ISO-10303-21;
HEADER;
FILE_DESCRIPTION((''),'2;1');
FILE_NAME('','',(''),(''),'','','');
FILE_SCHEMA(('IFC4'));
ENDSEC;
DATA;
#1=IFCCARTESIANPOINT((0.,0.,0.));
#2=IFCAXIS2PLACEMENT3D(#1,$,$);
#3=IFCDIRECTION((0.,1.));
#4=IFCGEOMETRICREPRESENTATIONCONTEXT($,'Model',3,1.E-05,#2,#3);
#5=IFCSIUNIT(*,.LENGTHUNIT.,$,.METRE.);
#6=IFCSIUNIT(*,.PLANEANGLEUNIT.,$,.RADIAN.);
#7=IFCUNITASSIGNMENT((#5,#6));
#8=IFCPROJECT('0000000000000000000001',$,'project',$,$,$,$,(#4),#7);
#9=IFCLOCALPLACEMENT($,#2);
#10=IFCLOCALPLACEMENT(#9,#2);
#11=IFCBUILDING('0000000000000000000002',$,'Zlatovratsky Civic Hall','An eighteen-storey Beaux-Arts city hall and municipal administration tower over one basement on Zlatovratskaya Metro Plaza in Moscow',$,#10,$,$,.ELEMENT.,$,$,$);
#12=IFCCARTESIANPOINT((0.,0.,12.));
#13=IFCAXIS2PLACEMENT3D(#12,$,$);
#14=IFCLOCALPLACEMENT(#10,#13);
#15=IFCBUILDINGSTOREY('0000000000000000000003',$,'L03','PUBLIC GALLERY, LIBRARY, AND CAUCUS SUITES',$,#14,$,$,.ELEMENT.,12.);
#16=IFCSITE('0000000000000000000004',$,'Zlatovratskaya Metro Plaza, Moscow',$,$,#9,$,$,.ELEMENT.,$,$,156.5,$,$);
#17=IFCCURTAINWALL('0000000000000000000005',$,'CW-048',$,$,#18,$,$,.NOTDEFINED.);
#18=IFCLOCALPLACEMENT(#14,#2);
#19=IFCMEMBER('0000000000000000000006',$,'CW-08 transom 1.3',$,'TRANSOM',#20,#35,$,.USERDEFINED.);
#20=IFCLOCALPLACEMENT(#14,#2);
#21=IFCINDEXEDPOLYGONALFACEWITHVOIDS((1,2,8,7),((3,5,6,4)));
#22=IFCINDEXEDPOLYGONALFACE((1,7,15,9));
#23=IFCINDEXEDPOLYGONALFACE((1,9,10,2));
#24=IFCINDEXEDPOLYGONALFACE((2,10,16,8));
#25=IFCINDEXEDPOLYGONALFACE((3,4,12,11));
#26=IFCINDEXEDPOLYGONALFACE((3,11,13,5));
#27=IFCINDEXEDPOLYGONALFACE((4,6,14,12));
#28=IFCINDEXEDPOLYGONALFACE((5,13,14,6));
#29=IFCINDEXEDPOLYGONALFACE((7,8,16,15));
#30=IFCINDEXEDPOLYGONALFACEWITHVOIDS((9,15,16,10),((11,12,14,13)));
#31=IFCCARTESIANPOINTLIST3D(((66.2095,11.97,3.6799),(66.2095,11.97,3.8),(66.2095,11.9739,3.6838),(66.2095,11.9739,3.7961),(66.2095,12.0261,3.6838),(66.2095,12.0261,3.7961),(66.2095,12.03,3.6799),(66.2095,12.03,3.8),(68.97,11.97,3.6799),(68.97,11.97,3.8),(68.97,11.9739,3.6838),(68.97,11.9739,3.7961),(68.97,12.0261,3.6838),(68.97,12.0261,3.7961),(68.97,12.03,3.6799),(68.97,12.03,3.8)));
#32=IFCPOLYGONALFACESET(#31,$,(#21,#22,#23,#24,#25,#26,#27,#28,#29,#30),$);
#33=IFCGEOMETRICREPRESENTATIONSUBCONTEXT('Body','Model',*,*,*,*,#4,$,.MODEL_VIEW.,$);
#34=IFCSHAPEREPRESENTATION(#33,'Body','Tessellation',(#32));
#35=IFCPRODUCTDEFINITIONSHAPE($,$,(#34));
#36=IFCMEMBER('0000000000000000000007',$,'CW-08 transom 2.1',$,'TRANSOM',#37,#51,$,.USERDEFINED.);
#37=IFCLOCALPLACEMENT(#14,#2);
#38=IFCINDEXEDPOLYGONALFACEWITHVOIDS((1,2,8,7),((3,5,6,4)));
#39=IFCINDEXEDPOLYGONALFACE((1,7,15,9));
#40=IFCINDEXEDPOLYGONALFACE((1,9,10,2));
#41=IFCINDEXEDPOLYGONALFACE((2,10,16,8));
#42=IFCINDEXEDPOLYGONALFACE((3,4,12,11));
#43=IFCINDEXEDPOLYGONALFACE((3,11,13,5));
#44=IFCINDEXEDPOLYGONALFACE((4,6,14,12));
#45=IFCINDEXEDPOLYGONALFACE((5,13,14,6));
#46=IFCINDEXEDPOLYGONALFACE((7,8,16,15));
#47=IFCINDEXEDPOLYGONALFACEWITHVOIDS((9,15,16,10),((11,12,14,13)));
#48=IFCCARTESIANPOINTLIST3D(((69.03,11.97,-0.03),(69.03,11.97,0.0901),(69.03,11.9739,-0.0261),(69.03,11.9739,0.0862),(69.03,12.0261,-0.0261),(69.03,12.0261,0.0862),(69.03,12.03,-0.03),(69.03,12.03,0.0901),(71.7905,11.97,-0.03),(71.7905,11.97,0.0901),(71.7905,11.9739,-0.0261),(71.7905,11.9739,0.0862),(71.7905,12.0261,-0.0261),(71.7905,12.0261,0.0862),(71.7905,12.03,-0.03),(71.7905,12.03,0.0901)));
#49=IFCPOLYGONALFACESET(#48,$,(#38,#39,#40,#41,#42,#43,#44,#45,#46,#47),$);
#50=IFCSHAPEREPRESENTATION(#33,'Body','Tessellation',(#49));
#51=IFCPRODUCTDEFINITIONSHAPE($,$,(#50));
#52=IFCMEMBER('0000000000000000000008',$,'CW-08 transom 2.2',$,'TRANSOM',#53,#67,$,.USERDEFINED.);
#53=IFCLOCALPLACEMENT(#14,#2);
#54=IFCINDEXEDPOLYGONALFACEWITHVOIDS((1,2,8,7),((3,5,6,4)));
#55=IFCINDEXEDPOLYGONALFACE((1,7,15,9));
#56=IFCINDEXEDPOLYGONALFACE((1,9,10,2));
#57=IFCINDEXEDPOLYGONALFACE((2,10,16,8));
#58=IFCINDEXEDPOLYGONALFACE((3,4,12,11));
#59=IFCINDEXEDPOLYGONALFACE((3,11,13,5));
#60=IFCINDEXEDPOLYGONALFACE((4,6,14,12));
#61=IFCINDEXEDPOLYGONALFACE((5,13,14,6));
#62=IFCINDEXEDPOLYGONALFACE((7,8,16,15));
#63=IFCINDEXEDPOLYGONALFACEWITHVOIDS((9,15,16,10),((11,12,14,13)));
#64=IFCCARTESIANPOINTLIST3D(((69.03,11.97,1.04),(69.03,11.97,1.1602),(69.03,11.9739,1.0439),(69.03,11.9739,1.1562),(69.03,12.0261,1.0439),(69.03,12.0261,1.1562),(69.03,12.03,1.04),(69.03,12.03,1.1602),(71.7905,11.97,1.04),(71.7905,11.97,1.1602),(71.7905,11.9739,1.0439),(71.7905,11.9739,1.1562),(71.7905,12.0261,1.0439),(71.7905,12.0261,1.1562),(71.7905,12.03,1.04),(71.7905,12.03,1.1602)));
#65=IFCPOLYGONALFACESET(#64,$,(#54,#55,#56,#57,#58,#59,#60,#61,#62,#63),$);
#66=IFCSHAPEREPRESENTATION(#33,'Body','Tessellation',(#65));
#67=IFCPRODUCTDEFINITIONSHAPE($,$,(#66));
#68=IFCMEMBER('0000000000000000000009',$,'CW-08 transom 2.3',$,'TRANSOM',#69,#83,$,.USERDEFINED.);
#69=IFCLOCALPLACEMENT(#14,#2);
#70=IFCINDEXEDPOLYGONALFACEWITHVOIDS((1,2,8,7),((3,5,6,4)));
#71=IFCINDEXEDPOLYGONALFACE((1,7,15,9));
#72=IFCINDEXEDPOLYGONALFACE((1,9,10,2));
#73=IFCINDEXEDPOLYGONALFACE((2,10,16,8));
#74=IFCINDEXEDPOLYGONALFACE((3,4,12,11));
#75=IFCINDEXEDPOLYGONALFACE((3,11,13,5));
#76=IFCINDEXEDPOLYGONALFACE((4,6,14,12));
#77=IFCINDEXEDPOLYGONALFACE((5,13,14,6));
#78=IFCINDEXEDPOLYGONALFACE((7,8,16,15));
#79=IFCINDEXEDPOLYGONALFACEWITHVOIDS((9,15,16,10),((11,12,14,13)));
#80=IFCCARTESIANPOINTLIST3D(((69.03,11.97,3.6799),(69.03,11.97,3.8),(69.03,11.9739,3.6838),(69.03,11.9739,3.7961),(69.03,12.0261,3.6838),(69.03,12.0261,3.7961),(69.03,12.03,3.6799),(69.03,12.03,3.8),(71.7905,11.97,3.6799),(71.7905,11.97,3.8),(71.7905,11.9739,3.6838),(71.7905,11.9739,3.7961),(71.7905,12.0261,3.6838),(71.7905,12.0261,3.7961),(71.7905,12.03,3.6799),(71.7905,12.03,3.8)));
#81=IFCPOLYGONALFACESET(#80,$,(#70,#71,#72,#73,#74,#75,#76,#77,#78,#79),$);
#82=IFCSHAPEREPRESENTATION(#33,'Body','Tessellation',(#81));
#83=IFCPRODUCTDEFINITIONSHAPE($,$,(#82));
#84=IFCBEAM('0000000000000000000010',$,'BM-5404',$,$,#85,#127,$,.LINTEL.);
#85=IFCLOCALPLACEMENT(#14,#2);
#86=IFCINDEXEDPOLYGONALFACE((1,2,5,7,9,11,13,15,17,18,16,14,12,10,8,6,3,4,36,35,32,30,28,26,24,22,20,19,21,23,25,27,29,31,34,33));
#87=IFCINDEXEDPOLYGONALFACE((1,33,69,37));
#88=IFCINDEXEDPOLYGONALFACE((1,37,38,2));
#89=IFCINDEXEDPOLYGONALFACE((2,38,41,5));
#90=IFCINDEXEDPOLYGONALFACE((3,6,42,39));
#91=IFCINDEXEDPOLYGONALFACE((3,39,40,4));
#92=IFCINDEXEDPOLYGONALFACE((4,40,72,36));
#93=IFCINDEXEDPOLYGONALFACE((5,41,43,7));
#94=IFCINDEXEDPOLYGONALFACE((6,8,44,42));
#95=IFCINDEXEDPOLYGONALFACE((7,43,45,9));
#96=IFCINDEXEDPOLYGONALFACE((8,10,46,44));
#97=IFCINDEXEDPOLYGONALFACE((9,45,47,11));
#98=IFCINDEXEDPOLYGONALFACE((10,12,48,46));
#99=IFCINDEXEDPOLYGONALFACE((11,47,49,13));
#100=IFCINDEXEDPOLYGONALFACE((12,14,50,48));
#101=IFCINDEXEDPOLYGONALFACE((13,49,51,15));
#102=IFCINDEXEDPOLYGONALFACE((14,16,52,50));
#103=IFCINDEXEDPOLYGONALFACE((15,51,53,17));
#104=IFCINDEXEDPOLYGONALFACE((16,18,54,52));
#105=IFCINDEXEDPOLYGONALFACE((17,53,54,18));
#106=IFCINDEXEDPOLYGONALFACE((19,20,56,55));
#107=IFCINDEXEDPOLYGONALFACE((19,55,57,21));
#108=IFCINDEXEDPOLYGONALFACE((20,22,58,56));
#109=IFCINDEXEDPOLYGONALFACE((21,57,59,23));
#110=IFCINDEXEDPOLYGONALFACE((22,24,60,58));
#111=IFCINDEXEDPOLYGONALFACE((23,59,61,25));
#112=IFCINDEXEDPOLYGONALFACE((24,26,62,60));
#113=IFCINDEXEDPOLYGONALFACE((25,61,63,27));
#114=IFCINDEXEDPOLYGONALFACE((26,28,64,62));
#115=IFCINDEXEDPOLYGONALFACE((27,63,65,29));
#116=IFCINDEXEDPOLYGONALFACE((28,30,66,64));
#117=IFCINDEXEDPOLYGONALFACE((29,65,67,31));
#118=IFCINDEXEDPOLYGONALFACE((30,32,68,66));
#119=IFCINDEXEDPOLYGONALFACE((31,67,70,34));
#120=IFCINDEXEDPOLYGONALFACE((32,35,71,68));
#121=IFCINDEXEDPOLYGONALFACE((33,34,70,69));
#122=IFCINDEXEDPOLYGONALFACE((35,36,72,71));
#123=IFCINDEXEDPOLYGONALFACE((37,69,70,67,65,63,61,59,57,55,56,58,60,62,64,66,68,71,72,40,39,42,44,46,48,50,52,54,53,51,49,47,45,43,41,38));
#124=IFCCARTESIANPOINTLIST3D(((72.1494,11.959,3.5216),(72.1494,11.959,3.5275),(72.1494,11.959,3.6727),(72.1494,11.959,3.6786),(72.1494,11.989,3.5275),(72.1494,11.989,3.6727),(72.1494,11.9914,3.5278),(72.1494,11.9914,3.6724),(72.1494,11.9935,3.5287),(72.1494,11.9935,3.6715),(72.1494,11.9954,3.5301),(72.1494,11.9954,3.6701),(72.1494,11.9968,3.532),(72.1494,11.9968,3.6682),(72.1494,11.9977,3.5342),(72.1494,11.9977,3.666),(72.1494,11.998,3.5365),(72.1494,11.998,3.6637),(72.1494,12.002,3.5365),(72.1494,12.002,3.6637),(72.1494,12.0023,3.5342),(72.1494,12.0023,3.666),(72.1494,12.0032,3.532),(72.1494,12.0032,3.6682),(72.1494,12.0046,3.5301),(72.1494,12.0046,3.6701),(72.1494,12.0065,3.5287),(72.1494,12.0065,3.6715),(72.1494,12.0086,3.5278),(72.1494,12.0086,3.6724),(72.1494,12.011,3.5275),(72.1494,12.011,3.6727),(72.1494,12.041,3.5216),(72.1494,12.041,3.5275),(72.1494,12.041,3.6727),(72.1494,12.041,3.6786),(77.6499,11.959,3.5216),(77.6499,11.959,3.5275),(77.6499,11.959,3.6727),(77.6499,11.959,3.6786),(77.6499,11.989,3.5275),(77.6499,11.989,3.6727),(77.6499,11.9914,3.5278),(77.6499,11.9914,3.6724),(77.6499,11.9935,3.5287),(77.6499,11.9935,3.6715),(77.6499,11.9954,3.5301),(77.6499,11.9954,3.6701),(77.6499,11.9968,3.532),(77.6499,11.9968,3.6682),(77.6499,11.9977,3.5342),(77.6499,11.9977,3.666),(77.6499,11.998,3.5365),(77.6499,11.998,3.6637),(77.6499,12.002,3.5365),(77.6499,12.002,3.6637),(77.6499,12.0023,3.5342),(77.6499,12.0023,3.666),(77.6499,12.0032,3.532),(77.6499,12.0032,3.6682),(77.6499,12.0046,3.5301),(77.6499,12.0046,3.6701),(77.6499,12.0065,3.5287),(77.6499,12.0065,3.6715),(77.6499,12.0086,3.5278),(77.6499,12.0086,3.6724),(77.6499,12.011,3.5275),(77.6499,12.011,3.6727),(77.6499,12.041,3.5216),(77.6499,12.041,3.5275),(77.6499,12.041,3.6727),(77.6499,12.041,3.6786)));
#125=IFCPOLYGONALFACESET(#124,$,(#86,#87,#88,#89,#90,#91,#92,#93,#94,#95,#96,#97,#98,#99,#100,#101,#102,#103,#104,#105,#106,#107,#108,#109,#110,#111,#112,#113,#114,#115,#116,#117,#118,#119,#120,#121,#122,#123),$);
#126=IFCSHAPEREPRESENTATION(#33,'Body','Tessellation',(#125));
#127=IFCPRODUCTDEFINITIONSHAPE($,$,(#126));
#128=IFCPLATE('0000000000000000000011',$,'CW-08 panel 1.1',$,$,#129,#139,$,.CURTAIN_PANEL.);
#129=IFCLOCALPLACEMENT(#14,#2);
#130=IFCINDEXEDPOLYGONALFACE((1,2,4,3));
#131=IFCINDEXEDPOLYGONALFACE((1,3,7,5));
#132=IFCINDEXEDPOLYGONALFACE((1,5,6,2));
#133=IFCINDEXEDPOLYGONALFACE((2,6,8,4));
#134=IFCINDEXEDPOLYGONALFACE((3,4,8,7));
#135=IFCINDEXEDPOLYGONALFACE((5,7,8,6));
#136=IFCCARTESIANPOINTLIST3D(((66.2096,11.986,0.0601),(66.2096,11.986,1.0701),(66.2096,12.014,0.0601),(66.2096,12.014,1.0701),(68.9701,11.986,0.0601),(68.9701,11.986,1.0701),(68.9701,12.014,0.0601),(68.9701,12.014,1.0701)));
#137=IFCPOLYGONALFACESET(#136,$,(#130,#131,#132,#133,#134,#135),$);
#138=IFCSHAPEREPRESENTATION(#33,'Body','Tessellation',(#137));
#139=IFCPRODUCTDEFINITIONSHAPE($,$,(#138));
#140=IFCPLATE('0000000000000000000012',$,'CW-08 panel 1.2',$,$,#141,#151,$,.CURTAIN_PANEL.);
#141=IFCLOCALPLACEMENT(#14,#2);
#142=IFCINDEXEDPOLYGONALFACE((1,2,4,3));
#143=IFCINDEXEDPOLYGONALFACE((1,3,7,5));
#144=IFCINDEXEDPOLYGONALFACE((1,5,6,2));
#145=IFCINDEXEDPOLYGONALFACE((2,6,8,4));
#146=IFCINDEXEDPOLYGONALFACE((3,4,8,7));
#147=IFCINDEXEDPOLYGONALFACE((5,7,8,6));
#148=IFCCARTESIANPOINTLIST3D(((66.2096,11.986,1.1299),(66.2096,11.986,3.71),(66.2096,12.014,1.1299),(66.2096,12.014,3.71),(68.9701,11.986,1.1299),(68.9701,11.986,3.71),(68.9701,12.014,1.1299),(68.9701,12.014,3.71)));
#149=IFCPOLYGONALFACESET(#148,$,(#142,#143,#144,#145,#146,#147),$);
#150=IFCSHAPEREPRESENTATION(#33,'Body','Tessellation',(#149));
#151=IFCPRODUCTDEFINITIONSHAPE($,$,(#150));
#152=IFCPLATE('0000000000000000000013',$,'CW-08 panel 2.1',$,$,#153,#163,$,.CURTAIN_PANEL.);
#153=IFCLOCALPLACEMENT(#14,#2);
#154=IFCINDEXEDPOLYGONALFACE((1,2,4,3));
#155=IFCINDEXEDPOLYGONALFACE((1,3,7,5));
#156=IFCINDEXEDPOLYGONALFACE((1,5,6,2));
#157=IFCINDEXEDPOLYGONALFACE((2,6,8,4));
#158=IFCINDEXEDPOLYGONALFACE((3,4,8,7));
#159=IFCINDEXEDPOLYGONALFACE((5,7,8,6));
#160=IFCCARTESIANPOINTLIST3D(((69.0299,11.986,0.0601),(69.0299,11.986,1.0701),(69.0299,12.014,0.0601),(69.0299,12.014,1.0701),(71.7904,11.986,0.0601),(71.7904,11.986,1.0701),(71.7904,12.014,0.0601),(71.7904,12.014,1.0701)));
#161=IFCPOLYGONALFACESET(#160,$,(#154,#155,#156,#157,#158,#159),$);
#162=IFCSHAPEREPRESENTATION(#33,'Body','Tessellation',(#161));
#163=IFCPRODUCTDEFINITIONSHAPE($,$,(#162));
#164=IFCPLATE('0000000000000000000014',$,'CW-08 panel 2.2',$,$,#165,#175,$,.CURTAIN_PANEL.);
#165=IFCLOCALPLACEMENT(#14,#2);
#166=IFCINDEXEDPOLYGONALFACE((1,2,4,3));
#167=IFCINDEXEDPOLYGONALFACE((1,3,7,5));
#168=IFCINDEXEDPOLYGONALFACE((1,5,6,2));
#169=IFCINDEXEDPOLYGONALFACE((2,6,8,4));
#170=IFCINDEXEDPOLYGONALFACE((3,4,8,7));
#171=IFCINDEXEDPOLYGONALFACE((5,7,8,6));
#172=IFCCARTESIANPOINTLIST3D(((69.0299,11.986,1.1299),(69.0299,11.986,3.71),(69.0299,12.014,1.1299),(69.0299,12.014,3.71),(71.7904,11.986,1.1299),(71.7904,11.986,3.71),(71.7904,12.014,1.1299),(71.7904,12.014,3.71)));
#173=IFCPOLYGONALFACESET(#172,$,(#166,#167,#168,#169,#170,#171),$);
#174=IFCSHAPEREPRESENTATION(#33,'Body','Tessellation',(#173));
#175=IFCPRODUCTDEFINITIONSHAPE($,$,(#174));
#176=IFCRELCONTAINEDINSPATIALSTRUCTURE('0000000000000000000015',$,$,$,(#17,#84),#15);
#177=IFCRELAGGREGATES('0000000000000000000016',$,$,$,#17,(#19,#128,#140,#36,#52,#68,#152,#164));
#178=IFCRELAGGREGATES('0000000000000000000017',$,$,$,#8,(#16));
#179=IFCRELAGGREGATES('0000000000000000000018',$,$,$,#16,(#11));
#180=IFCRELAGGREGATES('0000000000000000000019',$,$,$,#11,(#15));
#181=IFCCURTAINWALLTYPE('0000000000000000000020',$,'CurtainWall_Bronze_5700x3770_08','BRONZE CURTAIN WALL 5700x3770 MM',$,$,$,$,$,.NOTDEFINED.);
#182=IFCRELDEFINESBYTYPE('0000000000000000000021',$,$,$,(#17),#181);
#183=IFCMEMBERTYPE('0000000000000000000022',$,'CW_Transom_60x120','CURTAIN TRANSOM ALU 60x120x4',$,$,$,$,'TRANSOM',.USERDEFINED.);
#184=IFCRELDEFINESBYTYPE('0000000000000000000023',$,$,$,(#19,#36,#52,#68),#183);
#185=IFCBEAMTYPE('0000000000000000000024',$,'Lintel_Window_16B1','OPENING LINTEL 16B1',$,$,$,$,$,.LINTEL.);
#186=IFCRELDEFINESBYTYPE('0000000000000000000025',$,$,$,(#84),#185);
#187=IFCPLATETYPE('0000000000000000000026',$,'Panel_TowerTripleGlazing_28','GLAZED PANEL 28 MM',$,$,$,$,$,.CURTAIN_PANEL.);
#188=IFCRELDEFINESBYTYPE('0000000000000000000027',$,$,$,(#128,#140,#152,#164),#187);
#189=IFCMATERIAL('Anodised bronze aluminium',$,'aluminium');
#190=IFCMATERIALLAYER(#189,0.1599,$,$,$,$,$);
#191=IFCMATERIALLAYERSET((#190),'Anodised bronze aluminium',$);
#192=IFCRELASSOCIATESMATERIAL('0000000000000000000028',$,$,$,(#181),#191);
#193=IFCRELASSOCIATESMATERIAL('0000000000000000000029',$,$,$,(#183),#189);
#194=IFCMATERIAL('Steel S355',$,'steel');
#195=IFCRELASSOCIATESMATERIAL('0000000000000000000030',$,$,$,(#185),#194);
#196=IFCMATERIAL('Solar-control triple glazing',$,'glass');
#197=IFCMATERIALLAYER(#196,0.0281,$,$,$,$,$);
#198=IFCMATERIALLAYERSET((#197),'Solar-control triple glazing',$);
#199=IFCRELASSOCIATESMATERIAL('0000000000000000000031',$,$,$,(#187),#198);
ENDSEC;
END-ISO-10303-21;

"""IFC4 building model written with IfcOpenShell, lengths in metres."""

from ifc_helpers import new_model, si_unit, direction, frame, origin, origin_2d, place, context, subcontext, project, spatial, rectangle, hollow_rectangle, i_section, extrude, material, layer, layer_set, material_profile, profile_set, type_object, element, aggregate, save


model = new_model("IFC4")

# Units and contexts
model_context = context("Model", 3, precision=1e-05, world=origin(), true_north=direction((0.0, 1.0)))
body_context = subcontext(model_context, "Body", "Model", "MODEL_VIEW")
ifc_project = project(units=[si_unit("LENGTHUNIT", "METRE"), si_unit("PLANEANGLEUNIT", "RADIAN")], contexts=[model_context])

# Site, building, storey
site_placement = place(None, origin())
site = spatial("IfcSite", under=ifc_project, at=site_placement, Name="Zlatovratskaya Metro Plaza, Moscow", CompositionType="ELEMENT", RefElevation=156.5)
building_placement = place(site_placement, origin())
building = spatial("IfcBuilding", under=site, at=building_placement, Name="Zlatovratsky Civic Hall", Description="An eighteen-storey Beaux-Arts city hall and municipal administration tower over one basement on Zlatovratskaya Metro Plaza in Moscow", CompositionType="ELEMENT")
storey_placement = place(building_placement, frame((0.0, 0.0, 12.0)))
storey = spatial("IfcBuildingStorey", under=building, at=storey_placement, Name="L03", Description="PUBLIC GALLERY, LIBRARY, AND CAUCUS SUITES", CompositionType="ELEMENT", Elevation=12.0)

# Shared definitions
ifc_material_1 = material(Name="Steel S355", Category="steel")

# Curtain wall, members
ifc_material_2 = material(Name="Anodised bronze aluminium", Category="aluminium")
ifc_layer_1 = layer(ifc_material_2, 0.1599)
ifc_layer_set_1 = layer_set([ifc_layer_1], Name="Anodised bronze aluminium")
curtain_wall_type = type_object("IfcCurtainWallType", Name="CurtainWall_Bronze_5700x3770_08", Description="BRONZE CURTAIN WALL 5700x3770 MM", PredefinedType="NOTDEFINED", material=ifc_layer_set_1)
curtain_wall_placement = place(storey_placement, origin())
curtain_wall = element("IfcCurtainWall", 1, at=curtain_wall_placement, inside=storey, type_object=curtain_wall_type, Name="CW-048", PredefinedType="NOTDEFINED")
ifc_material_profile_1 = material_profile(ifc_material_2, hollow_rectangle(XDim=0.0601, YDim=0.1201, WallThickness=0.0039, at=origin_2d()), Name="ALU 60x120x4")
ifc_profile_set_1 = profile_set([ifc_material_profile_1], Name="Anodised bronze aluminium")
member_type_1 = type_object("IfcMemberType", Name="CW_Transom_60x120", Description="CURTAIN TRANSOM ALU 60x120x4", ElementType="TRANSOM", PredefinedType="USERDEFINED", material=ifc_profile_set_1)
member_1_placement = place(storey_placement, frame((66.2095, 12.0, 3.74), z_axis=(1.0, 0.0, 0.0), x_axis=(0.0, 1.0, 0.0)))
member_1 = element("IfcMember", 2, at=member_1_placement, type_object=member_type_1, Name="CW-08 transom 1.3", ObjectType="TRANSOM", PredefinedType="USERDEFINED", context=body_context, shape_type="SweptSolid", body=[
    extrude(hollow_rectangle(XDim=0.0601, YDim=0.1201, WallThickness=0.0039, at=origin_2d()), origin(), (0.0, 0.0, 1.0), 2.7605),
])
member_2_placement = place(storey_placement, frame((69.03, 12.0, 0.03), z_axis=(1.0, 0.0, 0.0), x_axis=(0.0, 1.0, 0.0)))
member_2 = element("IfcMember", 3, at=member_2_placement, type_object=member_type_1, Name="CW-08 transom 2.1", ObjectType="TRANSOM", PredefinedType="USERDEFINED", context=body_context, shape_type="SweptSolid", body=[
    extrude(hollow_rectangle(XDim=0.0601, YDim=0.1201, WallThickness=0.0039, at=origin_2d()), origin(), (0.0, 0.0, 1.0), 2.7605),
])
member_3_placement = place(storey_placement, frame((69.03, 12.0, 1.1001), z_axis=(1.0, 0.0, 0.0), x_axis=(0.0, 1.0, 0.0)))
member_3 = element("IfcMember", 4, at=member_3_placement, type_object=member_type_1, Name="CW-08 transom 2.2", ObjectType="TRANSOM", PredefinedType="USERDEFINED", context=body_context, shape_type="SweptSolid", body=[
    extrude(hollow_rectangle(XDim=0.0601, YDim=0.1201, WallThickness=0.0039, at=origin_2d()), origin(), (0.0, 0.0, 1.0), 2.7605),
])
member_4_placement = place(storey_placement, frame((69.03, 12.0, 3.74), z_axis=(1.0, 0.0, 0.0), x_axis=(0.0, 1.0, 0.0)))
member_4 = element("IfcMember", 5, at=member_4_placement, type_object=member_type_1, Name="CW-08 transom 2.3", ObjectType="TRANSOM", PredefinedType="USERDEFINED", context=body_context, shape_type="SweptSolid", body=[
    extrude(hollow_rectangle(XDim=0.0601, YDim=0.1201, WallThickness=0.0039, at=origin_2d()), origin(), (0.0, 0.0, 1.0), 2.7605),
])

# Beam
ifc_material_profile_2 = material_profile(ifc_material_1, i_section(OverallWidth=0.082, OverallDepth=0.157, WebThickness=0.0039, FlangeThickness=0.0059, FilletRadius=0.009, at=origin_2d()), Name="16B1")
ifc_profile_set_2 = profile_set([ifc_material_profile_2], Name="Steel S355")
beam_type_1 = type_object("IfcBeamType", Name="Lintel_Window_16B1", Description="OPENING LINTEL 16B1", PredefinedType="LINTEL", material=ifc_profile_set_2)
beam_1_placement = place(storey_placement, frame((72.1494, 12.0, 3.6001), z_axis=(1.0, 0.0, 0.0), x_axis=(0.0, 1.0, 0.0)))
element("IfcBeam", 6, at=beam_1_placement, inside=storey, type_object=beam_type_1, Name="BM-5404", PredefinedType="LINTEL", context=body_context, shape_type="SweptSolid", body=[
    extrude(i_section(OverallWidth=0.082, OverallDepth=0.157, WebThickness=0.0039, FlangeThickness=0.0059, FilletRadius=0.009, at=origin_2d()), origin(), (0.0, 0.0, 1.0), 5.5005),
])

# Plates
ifc_material_3 = material(Name="Solar-control triple glazing", Category="glass")
ifc_layer_2 = layer(ifc_material_3, 0.0281)
ifc_layer_set_2 = layer_set([ifc_layer_2], Name="Solar-control triple glazing")
plate_type = type_object("IfcPlateType", Name="Panel_TowerTripleGlazing_28", Description="GLAZED PANEL 28 MM", PredefinedType="CURTAIN_PANEL", material=ifc_layer_set_2)
plate_1_placement = place(storey_placement, frame((67.5898, 12.0, 0.0601), z_axis=(0.0, 0.0, 1.0), x_axis=(1.0, 0.0, 0.0)))
plate_1 = element("IfcPlate", 7, at=plate_1_placement, type_object=plate_type, Name="CW-08 panel 1.1", PredefinedType="CURTAIN_PANEL", context=body_context, shape_type="SweptSolid", body=[
    extrude(rectangle(XDim=2.7605, YDim=0.0281, at=origin_2d()), origin(), (0.0, 0.0, 1.0), 1.01),
])
plate_2_placement = place(storey_placement, frame((67.5898, 12.0, 1.1299), z_axis=(0.0, 0.0, 1.0), x_axis=(1.0, 0.0, 0.0)))
plate_2 = element("IfcPlate", 8, at=plate_2_placement, type_object=plate_type, Name="CW-08 panel 1.2", PredefinedType="CURTAIN_PANEL", context=body_context, shape_type="SweptSolid", body=[
    extrude(rectangle(XDim=2.7605, YDim=0.0281, at=origin_2d()), origin(), (0.0, 0.0, 1.0), 2.5801),
])
plate_3_placement = place(storey_placement, frame((70.4102, 12.0, 0.0601), z_axis=(0.0, 0.0, 1.0), x_axis=(1.0, 0.0, 0.0)))
plate_3 = element("IfcPlate", 9, at=plate_3_placement, type_object=plate_type, Name="CW-08 panel 2.1", PredefinedType="CURTAIN_PANEL", context=body_context, shape_type="SweptSolid", body=[
    extrude(rectangle(XDim=2.7605, YDim=0.0281, at=origin_2d()), origin(), (0.0, 0.0, 1.0), 1.01),
])
plate_4_placement = place(storey_placement, frame((70.4102, 12.0, 1.1299), z_axis=(0.0, 0.0, 1.0), x_axis=(1.0, 0.0, 0.0)))
plate_4 = element("IfcPlate", 10, at=plate_4_placement, type_object=plate_type, Name="CW-08 panel 2.2", PredefinedType="CURTAIN_PANEL", context=body_context, shape_type="SweptSolid", body=[
    extrude(rectangle(XDim=2.7605, YDim=0.0281, at=origin_2d()), origin(), (0.0, 0.0, 1.0), 2.5801),
])
aggregate(curtain_wall, [member_1, plate_1, plate_2, member_2, member_3, member_4, plate_3, plate_4])

save(model, "model.ifc")
